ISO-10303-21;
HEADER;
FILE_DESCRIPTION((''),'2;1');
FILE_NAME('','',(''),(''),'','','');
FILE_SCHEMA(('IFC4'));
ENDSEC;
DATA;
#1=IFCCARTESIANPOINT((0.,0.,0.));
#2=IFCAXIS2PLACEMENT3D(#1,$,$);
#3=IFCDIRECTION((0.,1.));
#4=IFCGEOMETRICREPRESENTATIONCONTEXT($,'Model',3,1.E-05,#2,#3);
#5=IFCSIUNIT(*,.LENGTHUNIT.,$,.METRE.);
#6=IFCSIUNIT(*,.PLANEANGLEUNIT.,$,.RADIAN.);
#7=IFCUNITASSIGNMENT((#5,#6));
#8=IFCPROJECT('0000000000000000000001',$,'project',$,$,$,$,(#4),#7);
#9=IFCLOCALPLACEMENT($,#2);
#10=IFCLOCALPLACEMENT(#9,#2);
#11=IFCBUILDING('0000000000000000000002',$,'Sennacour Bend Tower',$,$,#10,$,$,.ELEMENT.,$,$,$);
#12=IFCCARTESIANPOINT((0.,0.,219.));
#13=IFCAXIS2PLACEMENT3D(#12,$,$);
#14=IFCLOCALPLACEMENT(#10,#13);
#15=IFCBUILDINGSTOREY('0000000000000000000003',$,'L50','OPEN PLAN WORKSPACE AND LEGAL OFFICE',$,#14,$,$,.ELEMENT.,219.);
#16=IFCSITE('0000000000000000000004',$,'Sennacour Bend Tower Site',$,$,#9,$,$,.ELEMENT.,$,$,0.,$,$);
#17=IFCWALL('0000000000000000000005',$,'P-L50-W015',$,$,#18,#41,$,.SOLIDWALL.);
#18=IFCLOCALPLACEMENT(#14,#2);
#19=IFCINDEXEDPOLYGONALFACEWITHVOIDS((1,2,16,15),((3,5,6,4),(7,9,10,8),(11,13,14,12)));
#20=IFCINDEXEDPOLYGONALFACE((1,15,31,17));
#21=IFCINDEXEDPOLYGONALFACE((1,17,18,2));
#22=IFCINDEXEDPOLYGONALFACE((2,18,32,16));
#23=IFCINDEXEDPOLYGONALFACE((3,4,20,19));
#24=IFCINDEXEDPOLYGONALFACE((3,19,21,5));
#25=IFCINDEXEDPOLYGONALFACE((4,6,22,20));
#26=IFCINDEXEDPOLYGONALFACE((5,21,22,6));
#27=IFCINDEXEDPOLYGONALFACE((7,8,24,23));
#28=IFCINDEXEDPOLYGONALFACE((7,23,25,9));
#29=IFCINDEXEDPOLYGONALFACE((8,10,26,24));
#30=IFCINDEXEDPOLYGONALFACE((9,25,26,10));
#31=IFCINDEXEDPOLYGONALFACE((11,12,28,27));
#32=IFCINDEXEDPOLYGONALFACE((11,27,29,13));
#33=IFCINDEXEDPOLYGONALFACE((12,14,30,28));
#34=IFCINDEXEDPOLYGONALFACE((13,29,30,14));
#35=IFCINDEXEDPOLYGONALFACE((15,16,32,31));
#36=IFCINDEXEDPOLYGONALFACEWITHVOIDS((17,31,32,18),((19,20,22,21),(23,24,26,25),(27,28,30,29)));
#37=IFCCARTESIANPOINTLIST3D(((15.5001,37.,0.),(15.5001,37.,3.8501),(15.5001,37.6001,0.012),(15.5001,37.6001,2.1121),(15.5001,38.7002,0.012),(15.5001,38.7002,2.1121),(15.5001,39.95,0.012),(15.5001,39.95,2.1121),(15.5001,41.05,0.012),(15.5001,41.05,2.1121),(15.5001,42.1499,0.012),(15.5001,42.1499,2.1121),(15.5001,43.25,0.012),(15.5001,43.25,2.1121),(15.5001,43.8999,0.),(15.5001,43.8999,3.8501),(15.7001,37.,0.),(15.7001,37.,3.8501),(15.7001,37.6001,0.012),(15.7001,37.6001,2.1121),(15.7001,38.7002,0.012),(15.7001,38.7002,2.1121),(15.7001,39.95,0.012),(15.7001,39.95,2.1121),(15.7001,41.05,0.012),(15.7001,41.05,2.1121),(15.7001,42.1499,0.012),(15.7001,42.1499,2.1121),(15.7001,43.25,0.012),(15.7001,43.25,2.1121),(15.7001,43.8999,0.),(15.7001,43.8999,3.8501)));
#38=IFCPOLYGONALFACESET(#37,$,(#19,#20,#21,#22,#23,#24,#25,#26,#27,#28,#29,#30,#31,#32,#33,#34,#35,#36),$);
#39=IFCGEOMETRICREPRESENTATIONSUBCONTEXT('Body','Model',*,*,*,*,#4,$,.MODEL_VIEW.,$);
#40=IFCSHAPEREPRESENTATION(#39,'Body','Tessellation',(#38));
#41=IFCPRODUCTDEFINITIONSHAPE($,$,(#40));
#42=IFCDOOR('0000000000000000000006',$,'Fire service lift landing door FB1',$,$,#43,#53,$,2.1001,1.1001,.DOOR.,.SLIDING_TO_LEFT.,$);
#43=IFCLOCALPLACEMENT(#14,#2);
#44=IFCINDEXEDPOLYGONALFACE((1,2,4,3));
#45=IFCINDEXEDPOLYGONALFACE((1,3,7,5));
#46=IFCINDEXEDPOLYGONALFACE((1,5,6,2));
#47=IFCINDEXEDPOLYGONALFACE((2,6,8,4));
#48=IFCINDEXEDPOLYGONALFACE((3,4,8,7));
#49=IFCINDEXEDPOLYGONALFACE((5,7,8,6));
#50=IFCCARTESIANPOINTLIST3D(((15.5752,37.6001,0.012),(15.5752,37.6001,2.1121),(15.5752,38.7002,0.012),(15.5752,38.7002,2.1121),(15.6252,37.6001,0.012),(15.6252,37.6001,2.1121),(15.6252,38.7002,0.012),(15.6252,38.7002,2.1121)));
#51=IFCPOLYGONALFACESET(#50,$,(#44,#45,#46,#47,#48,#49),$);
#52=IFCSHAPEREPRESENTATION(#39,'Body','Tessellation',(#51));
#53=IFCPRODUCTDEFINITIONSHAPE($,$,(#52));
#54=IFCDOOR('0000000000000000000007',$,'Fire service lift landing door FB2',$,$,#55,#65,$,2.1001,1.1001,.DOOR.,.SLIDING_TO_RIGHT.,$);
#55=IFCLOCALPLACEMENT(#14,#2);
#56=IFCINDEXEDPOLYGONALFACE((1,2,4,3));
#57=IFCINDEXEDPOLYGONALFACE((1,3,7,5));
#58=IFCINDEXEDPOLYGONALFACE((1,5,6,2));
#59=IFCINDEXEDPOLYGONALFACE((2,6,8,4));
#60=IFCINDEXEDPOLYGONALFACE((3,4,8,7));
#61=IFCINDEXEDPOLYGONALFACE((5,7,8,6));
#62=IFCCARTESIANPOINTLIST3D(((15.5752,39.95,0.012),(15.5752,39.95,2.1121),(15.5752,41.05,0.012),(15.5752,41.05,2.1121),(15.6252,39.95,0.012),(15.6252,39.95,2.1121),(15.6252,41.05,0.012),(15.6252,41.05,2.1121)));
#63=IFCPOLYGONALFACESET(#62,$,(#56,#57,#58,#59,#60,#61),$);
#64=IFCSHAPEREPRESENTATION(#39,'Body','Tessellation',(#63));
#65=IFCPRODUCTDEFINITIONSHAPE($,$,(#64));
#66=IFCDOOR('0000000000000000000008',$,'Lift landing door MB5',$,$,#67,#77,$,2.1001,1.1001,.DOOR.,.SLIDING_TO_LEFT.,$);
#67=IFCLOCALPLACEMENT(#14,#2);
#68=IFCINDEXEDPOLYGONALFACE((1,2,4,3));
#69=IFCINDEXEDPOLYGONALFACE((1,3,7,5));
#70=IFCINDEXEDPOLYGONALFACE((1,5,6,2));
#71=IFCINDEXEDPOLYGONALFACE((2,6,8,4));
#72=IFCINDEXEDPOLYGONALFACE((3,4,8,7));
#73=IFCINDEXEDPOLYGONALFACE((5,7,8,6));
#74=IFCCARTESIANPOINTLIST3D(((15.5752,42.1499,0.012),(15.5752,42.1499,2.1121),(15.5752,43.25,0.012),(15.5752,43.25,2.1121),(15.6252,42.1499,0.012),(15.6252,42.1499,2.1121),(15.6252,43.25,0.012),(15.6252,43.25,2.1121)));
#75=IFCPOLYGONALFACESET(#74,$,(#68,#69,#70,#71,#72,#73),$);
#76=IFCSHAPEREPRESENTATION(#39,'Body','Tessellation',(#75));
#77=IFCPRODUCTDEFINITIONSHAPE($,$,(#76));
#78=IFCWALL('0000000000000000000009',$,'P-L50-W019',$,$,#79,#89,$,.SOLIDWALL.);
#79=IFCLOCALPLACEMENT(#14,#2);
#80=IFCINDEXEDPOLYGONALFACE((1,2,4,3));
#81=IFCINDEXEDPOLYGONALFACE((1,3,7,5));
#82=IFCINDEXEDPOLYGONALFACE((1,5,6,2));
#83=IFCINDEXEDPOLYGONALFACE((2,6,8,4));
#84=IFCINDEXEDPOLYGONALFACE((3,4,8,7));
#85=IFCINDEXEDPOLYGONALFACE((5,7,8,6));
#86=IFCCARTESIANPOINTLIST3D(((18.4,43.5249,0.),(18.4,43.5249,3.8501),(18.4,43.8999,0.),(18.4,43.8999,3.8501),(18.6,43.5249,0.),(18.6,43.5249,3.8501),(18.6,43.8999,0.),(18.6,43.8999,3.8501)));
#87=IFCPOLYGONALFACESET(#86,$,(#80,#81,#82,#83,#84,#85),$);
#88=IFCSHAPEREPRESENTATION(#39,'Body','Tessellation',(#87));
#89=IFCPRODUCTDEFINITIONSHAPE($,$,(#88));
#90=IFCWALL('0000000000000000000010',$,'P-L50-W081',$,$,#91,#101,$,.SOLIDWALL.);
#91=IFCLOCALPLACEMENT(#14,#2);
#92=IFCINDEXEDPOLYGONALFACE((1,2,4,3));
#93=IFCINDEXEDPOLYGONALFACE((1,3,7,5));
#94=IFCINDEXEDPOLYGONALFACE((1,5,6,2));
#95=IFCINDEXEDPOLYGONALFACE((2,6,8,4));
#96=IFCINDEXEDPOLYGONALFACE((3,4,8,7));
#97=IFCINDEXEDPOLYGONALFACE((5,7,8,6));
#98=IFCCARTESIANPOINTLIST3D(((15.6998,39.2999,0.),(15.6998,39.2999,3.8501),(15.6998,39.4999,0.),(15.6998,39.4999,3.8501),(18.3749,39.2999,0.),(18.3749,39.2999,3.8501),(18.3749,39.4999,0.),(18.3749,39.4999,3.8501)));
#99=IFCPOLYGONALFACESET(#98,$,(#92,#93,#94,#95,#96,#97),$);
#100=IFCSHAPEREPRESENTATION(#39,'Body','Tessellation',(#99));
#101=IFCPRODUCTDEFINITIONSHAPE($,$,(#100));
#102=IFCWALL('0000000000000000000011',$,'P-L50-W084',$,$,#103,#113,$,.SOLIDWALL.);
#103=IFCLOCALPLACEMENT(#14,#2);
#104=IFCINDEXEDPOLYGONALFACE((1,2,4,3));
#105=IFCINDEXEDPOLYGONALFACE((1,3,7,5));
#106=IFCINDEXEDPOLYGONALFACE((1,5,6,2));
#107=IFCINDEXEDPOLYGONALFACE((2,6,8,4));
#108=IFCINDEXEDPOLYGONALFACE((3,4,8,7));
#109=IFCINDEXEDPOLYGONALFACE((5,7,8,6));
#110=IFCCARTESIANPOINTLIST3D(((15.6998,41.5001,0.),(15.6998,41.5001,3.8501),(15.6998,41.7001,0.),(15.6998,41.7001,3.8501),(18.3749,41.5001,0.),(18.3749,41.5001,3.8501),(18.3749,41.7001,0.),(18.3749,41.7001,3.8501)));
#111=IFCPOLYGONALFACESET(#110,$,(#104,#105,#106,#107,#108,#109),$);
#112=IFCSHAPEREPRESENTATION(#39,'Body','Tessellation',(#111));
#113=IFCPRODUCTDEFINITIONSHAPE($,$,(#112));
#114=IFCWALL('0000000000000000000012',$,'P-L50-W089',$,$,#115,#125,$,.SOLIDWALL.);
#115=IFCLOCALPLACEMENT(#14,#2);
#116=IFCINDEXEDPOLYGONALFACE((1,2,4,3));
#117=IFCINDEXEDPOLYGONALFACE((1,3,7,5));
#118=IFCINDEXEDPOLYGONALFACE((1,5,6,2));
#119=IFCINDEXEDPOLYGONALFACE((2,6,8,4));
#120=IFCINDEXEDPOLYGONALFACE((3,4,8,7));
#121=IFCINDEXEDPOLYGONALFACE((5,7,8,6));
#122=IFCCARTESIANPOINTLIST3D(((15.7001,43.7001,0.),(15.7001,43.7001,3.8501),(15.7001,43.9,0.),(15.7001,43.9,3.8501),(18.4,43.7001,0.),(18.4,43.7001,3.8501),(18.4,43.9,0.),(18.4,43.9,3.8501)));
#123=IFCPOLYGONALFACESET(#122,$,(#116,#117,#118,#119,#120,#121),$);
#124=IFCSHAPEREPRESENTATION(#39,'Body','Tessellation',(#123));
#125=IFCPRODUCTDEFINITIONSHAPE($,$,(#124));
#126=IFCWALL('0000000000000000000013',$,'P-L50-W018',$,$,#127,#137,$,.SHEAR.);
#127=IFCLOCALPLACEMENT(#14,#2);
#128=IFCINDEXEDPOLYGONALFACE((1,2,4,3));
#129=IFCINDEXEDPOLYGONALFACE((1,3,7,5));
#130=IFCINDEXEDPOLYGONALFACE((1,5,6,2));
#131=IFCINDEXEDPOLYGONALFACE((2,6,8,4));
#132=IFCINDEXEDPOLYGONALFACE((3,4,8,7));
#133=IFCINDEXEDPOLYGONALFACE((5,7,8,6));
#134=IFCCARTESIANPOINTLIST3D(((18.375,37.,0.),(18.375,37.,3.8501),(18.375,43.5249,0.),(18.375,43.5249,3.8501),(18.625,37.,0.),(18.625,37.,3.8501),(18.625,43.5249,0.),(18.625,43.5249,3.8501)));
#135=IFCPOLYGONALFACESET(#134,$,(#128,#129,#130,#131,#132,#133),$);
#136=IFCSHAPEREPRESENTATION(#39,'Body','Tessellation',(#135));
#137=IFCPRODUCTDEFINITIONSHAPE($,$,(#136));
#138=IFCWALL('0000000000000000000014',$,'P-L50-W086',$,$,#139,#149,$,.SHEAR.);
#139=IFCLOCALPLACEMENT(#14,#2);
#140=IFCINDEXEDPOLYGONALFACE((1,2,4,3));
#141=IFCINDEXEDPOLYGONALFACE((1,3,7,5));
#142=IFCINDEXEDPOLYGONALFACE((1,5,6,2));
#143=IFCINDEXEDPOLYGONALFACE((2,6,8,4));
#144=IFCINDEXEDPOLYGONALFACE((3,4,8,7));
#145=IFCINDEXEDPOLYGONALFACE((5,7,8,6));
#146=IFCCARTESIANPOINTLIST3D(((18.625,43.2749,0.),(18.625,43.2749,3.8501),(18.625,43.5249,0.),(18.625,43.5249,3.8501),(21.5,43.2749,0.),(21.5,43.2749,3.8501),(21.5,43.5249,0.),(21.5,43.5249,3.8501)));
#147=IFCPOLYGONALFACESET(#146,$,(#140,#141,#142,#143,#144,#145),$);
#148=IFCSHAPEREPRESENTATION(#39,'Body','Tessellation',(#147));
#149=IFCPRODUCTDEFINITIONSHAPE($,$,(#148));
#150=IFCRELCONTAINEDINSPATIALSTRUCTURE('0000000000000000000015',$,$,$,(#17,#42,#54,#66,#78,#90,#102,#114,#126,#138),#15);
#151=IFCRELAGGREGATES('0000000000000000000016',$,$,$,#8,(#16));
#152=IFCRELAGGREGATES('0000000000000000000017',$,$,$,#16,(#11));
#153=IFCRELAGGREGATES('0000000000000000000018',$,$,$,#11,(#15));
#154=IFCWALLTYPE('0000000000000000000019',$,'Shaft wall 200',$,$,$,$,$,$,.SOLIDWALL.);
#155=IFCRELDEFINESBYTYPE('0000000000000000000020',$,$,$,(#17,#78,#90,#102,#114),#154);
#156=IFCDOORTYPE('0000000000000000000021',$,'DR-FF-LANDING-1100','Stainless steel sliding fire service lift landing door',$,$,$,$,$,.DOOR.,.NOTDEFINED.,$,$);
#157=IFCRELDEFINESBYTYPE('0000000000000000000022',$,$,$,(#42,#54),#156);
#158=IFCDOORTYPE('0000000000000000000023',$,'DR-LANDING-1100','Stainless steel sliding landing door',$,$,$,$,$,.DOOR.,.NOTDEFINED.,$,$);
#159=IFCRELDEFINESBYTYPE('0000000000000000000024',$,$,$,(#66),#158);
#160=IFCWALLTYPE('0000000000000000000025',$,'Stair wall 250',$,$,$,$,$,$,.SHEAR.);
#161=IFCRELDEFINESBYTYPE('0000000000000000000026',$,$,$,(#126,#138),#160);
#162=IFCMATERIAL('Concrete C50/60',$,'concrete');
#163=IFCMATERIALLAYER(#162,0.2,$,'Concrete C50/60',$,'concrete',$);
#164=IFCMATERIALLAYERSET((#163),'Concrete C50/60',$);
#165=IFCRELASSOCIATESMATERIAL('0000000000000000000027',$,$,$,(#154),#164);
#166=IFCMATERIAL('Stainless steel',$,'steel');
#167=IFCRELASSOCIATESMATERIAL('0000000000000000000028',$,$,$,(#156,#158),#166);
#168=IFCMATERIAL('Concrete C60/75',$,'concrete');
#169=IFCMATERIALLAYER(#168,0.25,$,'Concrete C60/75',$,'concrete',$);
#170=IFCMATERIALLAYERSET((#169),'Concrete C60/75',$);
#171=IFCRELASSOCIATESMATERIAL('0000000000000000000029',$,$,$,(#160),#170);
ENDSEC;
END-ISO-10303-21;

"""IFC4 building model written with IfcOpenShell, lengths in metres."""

from ifc_helpers import new_model, si_unit, direction, frame, frame_2d, origin, place, context, subcontext, project, spatial, rectangle, extrude, material, layer, layer_set, type_object, element, fill, save


model = new_model("IFC4")

# Units and contexts
model_context = context("Model", 3, precision=1e-05, world=origin(), true_north=direction((0.0, 1.0)))
body_context = subcontext(model_context, "Body", "Model", "MODEL_VIEW")
ifc_project = project(units=[si_unit("LENGTHUNIT", "METRE"), si_unit("PLANEANGLEUNIT", "RADIAN")], contexts=[model_context])

# Site, building, storey
site_placement = place(None, origin())
site = spatial("IfcSite", under=ifc_project, at=site_placement, Name="Sennacour Bend Tower Site", CompositionType="ELEMENT", RefElevation=0.0)
building_placement = place(site_placement, origin())
building = spatial("IfcBuilding", under=site, at=building_placement, Name="Sennacour Bend Tower", CompositionType="ELEMENT")
storey_placement = place(building_placement, frame((0.0, 0.0, 219.0)))
storey = spatial("IfcBuildingStorey", under=building, at=storey_placement, Name="L50", Description="OPEN PLAN WORKSPACE AND LEGAL OFFICE", CompositionType="ELEMENT", Elevation=219.0)

# Shared definitions
ifc_material_1 = material(Name="Concrete C60/75", Category="concrete")

# Shared definitions
ifc_material_2 = material(Name="Concrete C50/60", Category="concrete")
ifc_layer_1 = layer(ifc_material_2, 0.2, Name="Concrete C50/60", Category="concrete")
ifc_layer_set_1 = layer_set([ifc_layer_1], Name="Concrete C50/60")
wall_type_1 = type_object("IfcWallType", Name="Shaft wall 200", PredefinedType="SOLIDWALL", material=ifc_layer_set_1)

# Wall, openings, doors
wall_1_placement = place(storey_placement, frame((15.6001, 37.0, 0.0), z_axis=(0.0, 0.0, 1.0), x_axis=(0.0, 1.0, 0.0)))
wall_1 = element("IfcWall", 1, at=wall_1_placement, inside=storey, type_object=wall_type_1, Name="P-L50-W015", PredefinedType="SOLIDWALL", context=body_context, shape_type="SweptSolid", body=[
    extrude(rectangle(XDim=6.8999, YDim=0.2, at=frame_2d((3.45, 0.0))), origin(), (0.0, 0.0, 1.0), 3.8501),
])
opening_1_placement = place(wall_1_placement, frame((0.6001, 0.0, 0.012)))
opening_1 = element("IfcOpeningElement", 2, at=opening_1_placement, cuts=wall_1, PredefinedType="OPENING", context=body_context, shape_type="SweptSolid", body=[
    extrude(rectangle(XDim=1.1001, YDim=2.1001, at=frame_2d((0.55, 1.05))), frame((0.0, 0.1099, 0.0), z_axis=(0.0, -1.0, 0.0), x_axis=(1.0, 0.0, 0.0)), (0.0, 0.0, 1.0), 0.22),
])
opening_2_placement = place(wall_1_placement, frame((2.95, 0.0, 0.012)))
opening_2 = element("IfcOpeningElement", 3, at=opening_2_placement, cuts=wall_1, PredefinedType="OPENING", context=body_context, shape_type="SweptSolid", body=[
    extrude(rectangle(XDim=1.1001, YDim=2.1001, at=frame_2d((0.55, 1.05))), frame((0.0, 0.1099, 0.0), z_axis=(0.0, -1.0, 0.0), x_axis=(1.0, 0.0, 0.0)), (0.0, 0.0, 1.0), 0.22),
])
opening_3_placement = place(wall_1_placement, frame((5.1499, 0.0, 0.012)))
opening_3 = element("IfcOpeningElement", 4, at=opening_3_placement, cuts=wall_1, PredefinedType="OPENING", context=body_context, shape_type="SweptSolid", body=[
    extrude(rectangle(XDim=1.1001, YDim=2.1001, at=frame_2d((0.55, 1.05))), frame((0.0, 0.1099, 0.0), z_axis=(0.0, -1.0, 0.0), x_axis=(1.0, 0.0, 0.0)), (0.0, 0.0, 1.0), 0.22),
])
ifc_material_3 = material(Name="Stainless steel", Category="steel")
door_type_1 = type_object("IfcDoorType", Name="DR-FF-LANDING-1100", Description="Stainless steel sliding fire service lift landing door", OperationType="NOTDEFINED", PredefinedType="DOOR", material=ifc_material_3)
door_1_placement = place(opening_1_placement, origin())
door_1 = element("IfcDoor", 5, at=door_1_placement, inside=storey, type_object=door_type_1, Name="Fire service lift landing door FB1", OperationType="SLIDING_TO_LEFT", OverallHeight=2.1001, OverallWidth=1.1001, PredefinedType="DOOR", context=body_context, shape_type="SweptSolid", body=[
    extrude(rectangle(XDim=1.1001, YDim=2.1001, at=frame_2d((0.55, 1.05))), frame((0.0, 0.0249, 0.0), z_axis=(0.0, -1.0, 0.0), x_axis=(1.0, 0.0, 0.0)), (0.0, 0.0, 1.0), 0.05),
])
fill(opening_1, door_1)
door_2_placement = place(opening_2_placement, origin())
door_2 = element("IfcDoor", 6, at=door_2_placement, inside=storey, type_object=door_type_1, Name="Fire service lift landing door FB2", OperationType="SLIDING_TO_RIGHT", OverallHeight=2.1001, OverallWidth=1.1001, PredefinedType="DOOR", context=body_context, shape_type="SweptSolid", body=[
    extrude(rectangle(XDim=1.1001, YDim=2.1001, at=frame_2d((0.55, 1.05))), frame((0.0, 0.0249, 0.0), z_axis=(0.0, -1.0, 0.0), x_axis=(1.0, 0.0, 0.0)), (0.0, 0.0, 1.0), 0.05),
])
fill(opening_2, door_2)
door_type_2 = type_object("IfcDoorType", Name="DR-LANDING-1100", Description="Stainless steel sliding landing door", OperationType="NOTDEFINED", PredefinedType="DOOR", material=ifc_material_3)
door_3_placement = place(opening_3_placement, origin())
door_3 = element("IfcDoor", 7, at=door_3_placement, inside=storey, type_object=door_type_2, Name="Lift landing door MB5", OperationType="SLIDING_TO_LEFT", OverallHeight=2.1001, OverallWidth=1.1001, PredefinedType="DOOR", context=body_context, shape_type="SweptSolid", body=[
    extrude(rectangle(XDim=1.1001, YDim=2.1001, at=frame_2d((0.55, 1.05))), frame((0.0, 0.0249, 0.0), z_axis=(0.0, -1.0, 0.0), x_axis=(1.0, 0.0, 0.0)), (0.0, 0.0, 1.0), 0.05),
])
fill(opening_3, door_3)

# Walls
wall_2_placement = place(storey_placement, frame((18.5, 43.5249, 0.0), z_axis=(0.0, 0.0, 1.0), x_axis=(0.0, 1.0, 0.0)))
element("IfcWall", 8, at=wall_2_placement, inside=storey, type_object=wall_type_1, Name="P-L50-W019", PredefinedType="SOLIDWALL", context=body_context, shape_type="SweptSolid", body=[
    extrude(rectangle(XDim=0.375, YDim=0.2, at=frame_2d((0.1875, 0.0))), origin(), (0.0, 0.0, 1.0), 3.8501),
])
for number, where, z_axis, x_axis, name in (
    (9, (15.7, 39.3999, 0.0), (0.0, 0.0, 1.0), (1.0, 0.0, 0.0), "P-L50-W081"),
    (10, (15.7, 41.6001, 0.0), (0.0, 0.0, 1.0), (1.0, 0.0, 0.0), "P-L50-W084"),
):
    element("IfcWall", number, at=place(storey_placement, frame(where, z_axis=z_axis, x_axis=x_axis)), inside=storey, type_object=wall_type_1, Name=name, PredefinedType="SOLIDWALL", context=body_context, shape_type="SweptSolid", body=[
        extrude(rectangle(XDim=2.675, YDim=0.2, at=frame_2d((1.3374, 0.0))), origin(), (0.0, 0.0, 1.0), 3.8501),
    ])
wall_3_placement = place(storey_placement, frame((15.7, 43.8, 0.0), z_axis=(0.0, 0.0, 1.0), x_axis=(1.0, 0.0, 0.0)))
element("IfcWall", 11, at=wall_3_placement, inside=storey, type_object=wall_type_1, Name="P-L50-W089", PredefinedType="SOLIDWALL", context=body_context, shape_type="SweptSolid", body=[
    extrude(rectangle(XDim=2.7, YDim=0.2, at=frame_2d((1.3501, 0.0))), origin(), (0.0, 0.0, 1.0), 3.8501),
])
ifc_layer_2 = layer(ifc_material_1, 0.25, Name="Concrete C60/75", Category="concrete")
ifc_layer_set_2 = layer_set([ifc_layer_2], Name="Concrete C60/75")
wall_type_2 = type_object("IfcWallType", Name="Stair wall 250", PredefinedType="SHEAR", material=ifc_layer_set_2)
wall_4_placement = place(storey_placement, frame((18.5, 37.0, 0.0), z_axis=(0.0, 0.0, 1.0), x_axis=(0.0, 1.0, 0.0)))
element("IfcWall", 12, at=wall_4_placement, inside=storey, type_object=wall_type_2, Name="P-L50-W018", PredefinedType="SHEAR", context=body_context, shape_type="SweptSolid", body=[
    extrude(rectangle(XDim=6.5249, YDim=0.25, at=frame_2d((3.2625, 0.0))), origin(), (0.0, 0.0, 1.0), 3.8501),
])
wall_5_placement = place(storey_placement, frame((18.625, 43.3999, 0.0), z_axis=(0.0, 0.0, 1.0), x_axis=(1.0, 0.0, 0.0)))
element("IfcWall", 13, at=wall_5_placement, inside=storey, type_object=wall_type_2, Name="P-L50-W086", PredefinedType="SHEAR", context=body_context, shape_type="SweptSolid", body=[
    extrude(rectangle(XDim=2.875, YDim=0.25, at=frame_2d((1.4375, 0.0))), origin(), (0.0, 0.0, 1.0), 3.8501),
])

save(model, "model.ifc")
